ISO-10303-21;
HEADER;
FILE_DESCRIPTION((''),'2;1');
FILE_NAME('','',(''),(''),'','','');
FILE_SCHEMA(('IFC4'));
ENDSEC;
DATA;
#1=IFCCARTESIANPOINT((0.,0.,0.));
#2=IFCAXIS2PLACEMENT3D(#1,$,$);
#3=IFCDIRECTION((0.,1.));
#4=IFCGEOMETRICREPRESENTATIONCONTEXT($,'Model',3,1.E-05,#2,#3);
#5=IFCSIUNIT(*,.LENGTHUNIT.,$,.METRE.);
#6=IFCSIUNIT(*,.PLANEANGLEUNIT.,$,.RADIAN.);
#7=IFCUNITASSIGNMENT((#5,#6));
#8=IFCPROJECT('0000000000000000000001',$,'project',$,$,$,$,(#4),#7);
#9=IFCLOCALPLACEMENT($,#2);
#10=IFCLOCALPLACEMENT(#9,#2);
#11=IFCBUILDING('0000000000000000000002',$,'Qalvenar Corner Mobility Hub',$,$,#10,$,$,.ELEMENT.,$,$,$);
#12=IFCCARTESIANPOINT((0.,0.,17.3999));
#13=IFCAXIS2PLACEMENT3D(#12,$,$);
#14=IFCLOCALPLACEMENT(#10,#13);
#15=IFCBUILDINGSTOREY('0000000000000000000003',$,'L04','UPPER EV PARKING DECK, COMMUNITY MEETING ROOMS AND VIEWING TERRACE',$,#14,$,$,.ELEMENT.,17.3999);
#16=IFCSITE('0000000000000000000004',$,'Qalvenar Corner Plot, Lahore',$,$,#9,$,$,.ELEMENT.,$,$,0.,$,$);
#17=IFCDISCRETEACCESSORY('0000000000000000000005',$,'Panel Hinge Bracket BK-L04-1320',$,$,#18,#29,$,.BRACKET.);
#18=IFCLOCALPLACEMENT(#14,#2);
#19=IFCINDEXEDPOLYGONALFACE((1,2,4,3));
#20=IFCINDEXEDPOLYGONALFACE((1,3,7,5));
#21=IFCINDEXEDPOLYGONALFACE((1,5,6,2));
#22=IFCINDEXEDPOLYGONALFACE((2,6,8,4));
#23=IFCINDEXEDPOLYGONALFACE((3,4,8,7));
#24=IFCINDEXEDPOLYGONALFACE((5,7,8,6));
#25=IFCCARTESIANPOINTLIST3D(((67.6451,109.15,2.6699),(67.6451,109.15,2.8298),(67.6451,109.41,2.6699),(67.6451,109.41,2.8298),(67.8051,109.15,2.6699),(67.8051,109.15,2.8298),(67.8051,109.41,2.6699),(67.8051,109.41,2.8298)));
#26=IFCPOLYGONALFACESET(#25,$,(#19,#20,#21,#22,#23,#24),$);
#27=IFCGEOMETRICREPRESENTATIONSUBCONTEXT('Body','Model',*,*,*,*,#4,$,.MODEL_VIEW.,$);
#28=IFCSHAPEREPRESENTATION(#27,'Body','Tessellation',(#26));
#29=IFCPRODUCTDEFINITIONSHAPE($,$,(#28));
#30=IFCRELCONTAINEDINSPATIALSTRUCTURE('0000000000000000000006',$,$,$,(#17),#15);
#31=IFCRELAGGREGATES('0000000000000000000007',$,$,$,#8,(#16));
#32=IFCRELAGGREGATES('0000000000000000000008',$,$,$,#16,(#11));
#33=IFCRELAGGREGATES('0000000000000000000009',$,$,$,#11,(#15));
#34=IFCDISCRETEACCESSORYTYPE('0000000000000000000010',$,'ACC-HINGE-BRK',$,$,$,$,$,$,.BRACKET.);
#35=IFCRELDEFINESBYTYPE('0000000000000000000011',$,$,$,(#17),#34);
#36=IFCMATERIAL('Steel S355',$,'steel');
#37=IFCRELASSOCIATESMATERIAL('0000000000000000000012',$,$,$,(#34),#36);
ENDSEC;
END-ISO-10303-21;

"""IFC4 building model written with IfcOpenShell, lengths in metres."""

from ifc_helpers import new_model, si_unit, direction, frame, origin, origin_2d, place, context, subcontext, project, spatial, rectangle, extrude, material, type_object, element, save


model = new_model("IFC4")

# Units and contexts
model_context = context("Model", 3, precision=1e-05, world=origin(), true_north=direction((0.0, 1.0)))
body_context = subcontext(model_context, "Body", "Model", "MODEL_VIEW")
ifc_project = project(units=[si_unit("LENGTHUNIT", "METRE"), si_unit("PLANEANGLEUNIT", "RADIAN")], contexts=[model_context])

# Site, building, storey
site_placement = place(None, origin())
site = spatial("IfcSite", under=ifc_project, at=site_placement, Name="Qalvenar Corner Plot, Lahore", CompositionType="ELEMENT", RefElevation=0.0)
building_placement = place(site_placement, origin())
building = spatial("IfcBuilding", under=site, at=building_placement, Name="Qalvenar Corner Mobility Hub", CompositionType="ELEMENT")
storey_placement = place(building_placement, frame((0.0, 0.0, 17.3999)))
storey = spatial("IfcBuildingStorey", under=building, at=storey_placement, Name="L04", Description="UPPER EV PARKING DECK, COMMUNITY MEETING ROOMS AND VIEWING TERRACE", CompositionType="ELEMENT", Elevation=17.3999)

# Shared definitions
ifc_material_1 = material(Name="Steel S355", Category="steel")

# Discrete accessory
discrete_accessory_type = type_object("IfcDiscreteAccessoryType", Name="ACC-HINGE-BRK", PredefinedType="BRACKET", material=ifc_material_1)
for number, where, z_axis, x_axis, name in (
    (1, (67.7251, 109.28, 2.6699), (0.0, 0.0, 1.0), (-1.0, 0.0, 0.0), "Panel Hinge Bracket BK-L04-1320"),
):
    element("IfcDiscreteAccessory", number, at=place(storey_placement, frame(where, z_axis=z_axis, x_axis=x_axis)), inside=storey, type_object=discrete_accessory_type, Name=name, PredefinedType="BRACKET", context=body_context, shape_type="SweptSolid", body=[
        extrude(rectangle(XDim=0.1599, YDim=0.26, at=origin_2d()), origin(), (0.0, 0.0, 1.0), 0.1599),
    ])

save(model, "model.ifc")
